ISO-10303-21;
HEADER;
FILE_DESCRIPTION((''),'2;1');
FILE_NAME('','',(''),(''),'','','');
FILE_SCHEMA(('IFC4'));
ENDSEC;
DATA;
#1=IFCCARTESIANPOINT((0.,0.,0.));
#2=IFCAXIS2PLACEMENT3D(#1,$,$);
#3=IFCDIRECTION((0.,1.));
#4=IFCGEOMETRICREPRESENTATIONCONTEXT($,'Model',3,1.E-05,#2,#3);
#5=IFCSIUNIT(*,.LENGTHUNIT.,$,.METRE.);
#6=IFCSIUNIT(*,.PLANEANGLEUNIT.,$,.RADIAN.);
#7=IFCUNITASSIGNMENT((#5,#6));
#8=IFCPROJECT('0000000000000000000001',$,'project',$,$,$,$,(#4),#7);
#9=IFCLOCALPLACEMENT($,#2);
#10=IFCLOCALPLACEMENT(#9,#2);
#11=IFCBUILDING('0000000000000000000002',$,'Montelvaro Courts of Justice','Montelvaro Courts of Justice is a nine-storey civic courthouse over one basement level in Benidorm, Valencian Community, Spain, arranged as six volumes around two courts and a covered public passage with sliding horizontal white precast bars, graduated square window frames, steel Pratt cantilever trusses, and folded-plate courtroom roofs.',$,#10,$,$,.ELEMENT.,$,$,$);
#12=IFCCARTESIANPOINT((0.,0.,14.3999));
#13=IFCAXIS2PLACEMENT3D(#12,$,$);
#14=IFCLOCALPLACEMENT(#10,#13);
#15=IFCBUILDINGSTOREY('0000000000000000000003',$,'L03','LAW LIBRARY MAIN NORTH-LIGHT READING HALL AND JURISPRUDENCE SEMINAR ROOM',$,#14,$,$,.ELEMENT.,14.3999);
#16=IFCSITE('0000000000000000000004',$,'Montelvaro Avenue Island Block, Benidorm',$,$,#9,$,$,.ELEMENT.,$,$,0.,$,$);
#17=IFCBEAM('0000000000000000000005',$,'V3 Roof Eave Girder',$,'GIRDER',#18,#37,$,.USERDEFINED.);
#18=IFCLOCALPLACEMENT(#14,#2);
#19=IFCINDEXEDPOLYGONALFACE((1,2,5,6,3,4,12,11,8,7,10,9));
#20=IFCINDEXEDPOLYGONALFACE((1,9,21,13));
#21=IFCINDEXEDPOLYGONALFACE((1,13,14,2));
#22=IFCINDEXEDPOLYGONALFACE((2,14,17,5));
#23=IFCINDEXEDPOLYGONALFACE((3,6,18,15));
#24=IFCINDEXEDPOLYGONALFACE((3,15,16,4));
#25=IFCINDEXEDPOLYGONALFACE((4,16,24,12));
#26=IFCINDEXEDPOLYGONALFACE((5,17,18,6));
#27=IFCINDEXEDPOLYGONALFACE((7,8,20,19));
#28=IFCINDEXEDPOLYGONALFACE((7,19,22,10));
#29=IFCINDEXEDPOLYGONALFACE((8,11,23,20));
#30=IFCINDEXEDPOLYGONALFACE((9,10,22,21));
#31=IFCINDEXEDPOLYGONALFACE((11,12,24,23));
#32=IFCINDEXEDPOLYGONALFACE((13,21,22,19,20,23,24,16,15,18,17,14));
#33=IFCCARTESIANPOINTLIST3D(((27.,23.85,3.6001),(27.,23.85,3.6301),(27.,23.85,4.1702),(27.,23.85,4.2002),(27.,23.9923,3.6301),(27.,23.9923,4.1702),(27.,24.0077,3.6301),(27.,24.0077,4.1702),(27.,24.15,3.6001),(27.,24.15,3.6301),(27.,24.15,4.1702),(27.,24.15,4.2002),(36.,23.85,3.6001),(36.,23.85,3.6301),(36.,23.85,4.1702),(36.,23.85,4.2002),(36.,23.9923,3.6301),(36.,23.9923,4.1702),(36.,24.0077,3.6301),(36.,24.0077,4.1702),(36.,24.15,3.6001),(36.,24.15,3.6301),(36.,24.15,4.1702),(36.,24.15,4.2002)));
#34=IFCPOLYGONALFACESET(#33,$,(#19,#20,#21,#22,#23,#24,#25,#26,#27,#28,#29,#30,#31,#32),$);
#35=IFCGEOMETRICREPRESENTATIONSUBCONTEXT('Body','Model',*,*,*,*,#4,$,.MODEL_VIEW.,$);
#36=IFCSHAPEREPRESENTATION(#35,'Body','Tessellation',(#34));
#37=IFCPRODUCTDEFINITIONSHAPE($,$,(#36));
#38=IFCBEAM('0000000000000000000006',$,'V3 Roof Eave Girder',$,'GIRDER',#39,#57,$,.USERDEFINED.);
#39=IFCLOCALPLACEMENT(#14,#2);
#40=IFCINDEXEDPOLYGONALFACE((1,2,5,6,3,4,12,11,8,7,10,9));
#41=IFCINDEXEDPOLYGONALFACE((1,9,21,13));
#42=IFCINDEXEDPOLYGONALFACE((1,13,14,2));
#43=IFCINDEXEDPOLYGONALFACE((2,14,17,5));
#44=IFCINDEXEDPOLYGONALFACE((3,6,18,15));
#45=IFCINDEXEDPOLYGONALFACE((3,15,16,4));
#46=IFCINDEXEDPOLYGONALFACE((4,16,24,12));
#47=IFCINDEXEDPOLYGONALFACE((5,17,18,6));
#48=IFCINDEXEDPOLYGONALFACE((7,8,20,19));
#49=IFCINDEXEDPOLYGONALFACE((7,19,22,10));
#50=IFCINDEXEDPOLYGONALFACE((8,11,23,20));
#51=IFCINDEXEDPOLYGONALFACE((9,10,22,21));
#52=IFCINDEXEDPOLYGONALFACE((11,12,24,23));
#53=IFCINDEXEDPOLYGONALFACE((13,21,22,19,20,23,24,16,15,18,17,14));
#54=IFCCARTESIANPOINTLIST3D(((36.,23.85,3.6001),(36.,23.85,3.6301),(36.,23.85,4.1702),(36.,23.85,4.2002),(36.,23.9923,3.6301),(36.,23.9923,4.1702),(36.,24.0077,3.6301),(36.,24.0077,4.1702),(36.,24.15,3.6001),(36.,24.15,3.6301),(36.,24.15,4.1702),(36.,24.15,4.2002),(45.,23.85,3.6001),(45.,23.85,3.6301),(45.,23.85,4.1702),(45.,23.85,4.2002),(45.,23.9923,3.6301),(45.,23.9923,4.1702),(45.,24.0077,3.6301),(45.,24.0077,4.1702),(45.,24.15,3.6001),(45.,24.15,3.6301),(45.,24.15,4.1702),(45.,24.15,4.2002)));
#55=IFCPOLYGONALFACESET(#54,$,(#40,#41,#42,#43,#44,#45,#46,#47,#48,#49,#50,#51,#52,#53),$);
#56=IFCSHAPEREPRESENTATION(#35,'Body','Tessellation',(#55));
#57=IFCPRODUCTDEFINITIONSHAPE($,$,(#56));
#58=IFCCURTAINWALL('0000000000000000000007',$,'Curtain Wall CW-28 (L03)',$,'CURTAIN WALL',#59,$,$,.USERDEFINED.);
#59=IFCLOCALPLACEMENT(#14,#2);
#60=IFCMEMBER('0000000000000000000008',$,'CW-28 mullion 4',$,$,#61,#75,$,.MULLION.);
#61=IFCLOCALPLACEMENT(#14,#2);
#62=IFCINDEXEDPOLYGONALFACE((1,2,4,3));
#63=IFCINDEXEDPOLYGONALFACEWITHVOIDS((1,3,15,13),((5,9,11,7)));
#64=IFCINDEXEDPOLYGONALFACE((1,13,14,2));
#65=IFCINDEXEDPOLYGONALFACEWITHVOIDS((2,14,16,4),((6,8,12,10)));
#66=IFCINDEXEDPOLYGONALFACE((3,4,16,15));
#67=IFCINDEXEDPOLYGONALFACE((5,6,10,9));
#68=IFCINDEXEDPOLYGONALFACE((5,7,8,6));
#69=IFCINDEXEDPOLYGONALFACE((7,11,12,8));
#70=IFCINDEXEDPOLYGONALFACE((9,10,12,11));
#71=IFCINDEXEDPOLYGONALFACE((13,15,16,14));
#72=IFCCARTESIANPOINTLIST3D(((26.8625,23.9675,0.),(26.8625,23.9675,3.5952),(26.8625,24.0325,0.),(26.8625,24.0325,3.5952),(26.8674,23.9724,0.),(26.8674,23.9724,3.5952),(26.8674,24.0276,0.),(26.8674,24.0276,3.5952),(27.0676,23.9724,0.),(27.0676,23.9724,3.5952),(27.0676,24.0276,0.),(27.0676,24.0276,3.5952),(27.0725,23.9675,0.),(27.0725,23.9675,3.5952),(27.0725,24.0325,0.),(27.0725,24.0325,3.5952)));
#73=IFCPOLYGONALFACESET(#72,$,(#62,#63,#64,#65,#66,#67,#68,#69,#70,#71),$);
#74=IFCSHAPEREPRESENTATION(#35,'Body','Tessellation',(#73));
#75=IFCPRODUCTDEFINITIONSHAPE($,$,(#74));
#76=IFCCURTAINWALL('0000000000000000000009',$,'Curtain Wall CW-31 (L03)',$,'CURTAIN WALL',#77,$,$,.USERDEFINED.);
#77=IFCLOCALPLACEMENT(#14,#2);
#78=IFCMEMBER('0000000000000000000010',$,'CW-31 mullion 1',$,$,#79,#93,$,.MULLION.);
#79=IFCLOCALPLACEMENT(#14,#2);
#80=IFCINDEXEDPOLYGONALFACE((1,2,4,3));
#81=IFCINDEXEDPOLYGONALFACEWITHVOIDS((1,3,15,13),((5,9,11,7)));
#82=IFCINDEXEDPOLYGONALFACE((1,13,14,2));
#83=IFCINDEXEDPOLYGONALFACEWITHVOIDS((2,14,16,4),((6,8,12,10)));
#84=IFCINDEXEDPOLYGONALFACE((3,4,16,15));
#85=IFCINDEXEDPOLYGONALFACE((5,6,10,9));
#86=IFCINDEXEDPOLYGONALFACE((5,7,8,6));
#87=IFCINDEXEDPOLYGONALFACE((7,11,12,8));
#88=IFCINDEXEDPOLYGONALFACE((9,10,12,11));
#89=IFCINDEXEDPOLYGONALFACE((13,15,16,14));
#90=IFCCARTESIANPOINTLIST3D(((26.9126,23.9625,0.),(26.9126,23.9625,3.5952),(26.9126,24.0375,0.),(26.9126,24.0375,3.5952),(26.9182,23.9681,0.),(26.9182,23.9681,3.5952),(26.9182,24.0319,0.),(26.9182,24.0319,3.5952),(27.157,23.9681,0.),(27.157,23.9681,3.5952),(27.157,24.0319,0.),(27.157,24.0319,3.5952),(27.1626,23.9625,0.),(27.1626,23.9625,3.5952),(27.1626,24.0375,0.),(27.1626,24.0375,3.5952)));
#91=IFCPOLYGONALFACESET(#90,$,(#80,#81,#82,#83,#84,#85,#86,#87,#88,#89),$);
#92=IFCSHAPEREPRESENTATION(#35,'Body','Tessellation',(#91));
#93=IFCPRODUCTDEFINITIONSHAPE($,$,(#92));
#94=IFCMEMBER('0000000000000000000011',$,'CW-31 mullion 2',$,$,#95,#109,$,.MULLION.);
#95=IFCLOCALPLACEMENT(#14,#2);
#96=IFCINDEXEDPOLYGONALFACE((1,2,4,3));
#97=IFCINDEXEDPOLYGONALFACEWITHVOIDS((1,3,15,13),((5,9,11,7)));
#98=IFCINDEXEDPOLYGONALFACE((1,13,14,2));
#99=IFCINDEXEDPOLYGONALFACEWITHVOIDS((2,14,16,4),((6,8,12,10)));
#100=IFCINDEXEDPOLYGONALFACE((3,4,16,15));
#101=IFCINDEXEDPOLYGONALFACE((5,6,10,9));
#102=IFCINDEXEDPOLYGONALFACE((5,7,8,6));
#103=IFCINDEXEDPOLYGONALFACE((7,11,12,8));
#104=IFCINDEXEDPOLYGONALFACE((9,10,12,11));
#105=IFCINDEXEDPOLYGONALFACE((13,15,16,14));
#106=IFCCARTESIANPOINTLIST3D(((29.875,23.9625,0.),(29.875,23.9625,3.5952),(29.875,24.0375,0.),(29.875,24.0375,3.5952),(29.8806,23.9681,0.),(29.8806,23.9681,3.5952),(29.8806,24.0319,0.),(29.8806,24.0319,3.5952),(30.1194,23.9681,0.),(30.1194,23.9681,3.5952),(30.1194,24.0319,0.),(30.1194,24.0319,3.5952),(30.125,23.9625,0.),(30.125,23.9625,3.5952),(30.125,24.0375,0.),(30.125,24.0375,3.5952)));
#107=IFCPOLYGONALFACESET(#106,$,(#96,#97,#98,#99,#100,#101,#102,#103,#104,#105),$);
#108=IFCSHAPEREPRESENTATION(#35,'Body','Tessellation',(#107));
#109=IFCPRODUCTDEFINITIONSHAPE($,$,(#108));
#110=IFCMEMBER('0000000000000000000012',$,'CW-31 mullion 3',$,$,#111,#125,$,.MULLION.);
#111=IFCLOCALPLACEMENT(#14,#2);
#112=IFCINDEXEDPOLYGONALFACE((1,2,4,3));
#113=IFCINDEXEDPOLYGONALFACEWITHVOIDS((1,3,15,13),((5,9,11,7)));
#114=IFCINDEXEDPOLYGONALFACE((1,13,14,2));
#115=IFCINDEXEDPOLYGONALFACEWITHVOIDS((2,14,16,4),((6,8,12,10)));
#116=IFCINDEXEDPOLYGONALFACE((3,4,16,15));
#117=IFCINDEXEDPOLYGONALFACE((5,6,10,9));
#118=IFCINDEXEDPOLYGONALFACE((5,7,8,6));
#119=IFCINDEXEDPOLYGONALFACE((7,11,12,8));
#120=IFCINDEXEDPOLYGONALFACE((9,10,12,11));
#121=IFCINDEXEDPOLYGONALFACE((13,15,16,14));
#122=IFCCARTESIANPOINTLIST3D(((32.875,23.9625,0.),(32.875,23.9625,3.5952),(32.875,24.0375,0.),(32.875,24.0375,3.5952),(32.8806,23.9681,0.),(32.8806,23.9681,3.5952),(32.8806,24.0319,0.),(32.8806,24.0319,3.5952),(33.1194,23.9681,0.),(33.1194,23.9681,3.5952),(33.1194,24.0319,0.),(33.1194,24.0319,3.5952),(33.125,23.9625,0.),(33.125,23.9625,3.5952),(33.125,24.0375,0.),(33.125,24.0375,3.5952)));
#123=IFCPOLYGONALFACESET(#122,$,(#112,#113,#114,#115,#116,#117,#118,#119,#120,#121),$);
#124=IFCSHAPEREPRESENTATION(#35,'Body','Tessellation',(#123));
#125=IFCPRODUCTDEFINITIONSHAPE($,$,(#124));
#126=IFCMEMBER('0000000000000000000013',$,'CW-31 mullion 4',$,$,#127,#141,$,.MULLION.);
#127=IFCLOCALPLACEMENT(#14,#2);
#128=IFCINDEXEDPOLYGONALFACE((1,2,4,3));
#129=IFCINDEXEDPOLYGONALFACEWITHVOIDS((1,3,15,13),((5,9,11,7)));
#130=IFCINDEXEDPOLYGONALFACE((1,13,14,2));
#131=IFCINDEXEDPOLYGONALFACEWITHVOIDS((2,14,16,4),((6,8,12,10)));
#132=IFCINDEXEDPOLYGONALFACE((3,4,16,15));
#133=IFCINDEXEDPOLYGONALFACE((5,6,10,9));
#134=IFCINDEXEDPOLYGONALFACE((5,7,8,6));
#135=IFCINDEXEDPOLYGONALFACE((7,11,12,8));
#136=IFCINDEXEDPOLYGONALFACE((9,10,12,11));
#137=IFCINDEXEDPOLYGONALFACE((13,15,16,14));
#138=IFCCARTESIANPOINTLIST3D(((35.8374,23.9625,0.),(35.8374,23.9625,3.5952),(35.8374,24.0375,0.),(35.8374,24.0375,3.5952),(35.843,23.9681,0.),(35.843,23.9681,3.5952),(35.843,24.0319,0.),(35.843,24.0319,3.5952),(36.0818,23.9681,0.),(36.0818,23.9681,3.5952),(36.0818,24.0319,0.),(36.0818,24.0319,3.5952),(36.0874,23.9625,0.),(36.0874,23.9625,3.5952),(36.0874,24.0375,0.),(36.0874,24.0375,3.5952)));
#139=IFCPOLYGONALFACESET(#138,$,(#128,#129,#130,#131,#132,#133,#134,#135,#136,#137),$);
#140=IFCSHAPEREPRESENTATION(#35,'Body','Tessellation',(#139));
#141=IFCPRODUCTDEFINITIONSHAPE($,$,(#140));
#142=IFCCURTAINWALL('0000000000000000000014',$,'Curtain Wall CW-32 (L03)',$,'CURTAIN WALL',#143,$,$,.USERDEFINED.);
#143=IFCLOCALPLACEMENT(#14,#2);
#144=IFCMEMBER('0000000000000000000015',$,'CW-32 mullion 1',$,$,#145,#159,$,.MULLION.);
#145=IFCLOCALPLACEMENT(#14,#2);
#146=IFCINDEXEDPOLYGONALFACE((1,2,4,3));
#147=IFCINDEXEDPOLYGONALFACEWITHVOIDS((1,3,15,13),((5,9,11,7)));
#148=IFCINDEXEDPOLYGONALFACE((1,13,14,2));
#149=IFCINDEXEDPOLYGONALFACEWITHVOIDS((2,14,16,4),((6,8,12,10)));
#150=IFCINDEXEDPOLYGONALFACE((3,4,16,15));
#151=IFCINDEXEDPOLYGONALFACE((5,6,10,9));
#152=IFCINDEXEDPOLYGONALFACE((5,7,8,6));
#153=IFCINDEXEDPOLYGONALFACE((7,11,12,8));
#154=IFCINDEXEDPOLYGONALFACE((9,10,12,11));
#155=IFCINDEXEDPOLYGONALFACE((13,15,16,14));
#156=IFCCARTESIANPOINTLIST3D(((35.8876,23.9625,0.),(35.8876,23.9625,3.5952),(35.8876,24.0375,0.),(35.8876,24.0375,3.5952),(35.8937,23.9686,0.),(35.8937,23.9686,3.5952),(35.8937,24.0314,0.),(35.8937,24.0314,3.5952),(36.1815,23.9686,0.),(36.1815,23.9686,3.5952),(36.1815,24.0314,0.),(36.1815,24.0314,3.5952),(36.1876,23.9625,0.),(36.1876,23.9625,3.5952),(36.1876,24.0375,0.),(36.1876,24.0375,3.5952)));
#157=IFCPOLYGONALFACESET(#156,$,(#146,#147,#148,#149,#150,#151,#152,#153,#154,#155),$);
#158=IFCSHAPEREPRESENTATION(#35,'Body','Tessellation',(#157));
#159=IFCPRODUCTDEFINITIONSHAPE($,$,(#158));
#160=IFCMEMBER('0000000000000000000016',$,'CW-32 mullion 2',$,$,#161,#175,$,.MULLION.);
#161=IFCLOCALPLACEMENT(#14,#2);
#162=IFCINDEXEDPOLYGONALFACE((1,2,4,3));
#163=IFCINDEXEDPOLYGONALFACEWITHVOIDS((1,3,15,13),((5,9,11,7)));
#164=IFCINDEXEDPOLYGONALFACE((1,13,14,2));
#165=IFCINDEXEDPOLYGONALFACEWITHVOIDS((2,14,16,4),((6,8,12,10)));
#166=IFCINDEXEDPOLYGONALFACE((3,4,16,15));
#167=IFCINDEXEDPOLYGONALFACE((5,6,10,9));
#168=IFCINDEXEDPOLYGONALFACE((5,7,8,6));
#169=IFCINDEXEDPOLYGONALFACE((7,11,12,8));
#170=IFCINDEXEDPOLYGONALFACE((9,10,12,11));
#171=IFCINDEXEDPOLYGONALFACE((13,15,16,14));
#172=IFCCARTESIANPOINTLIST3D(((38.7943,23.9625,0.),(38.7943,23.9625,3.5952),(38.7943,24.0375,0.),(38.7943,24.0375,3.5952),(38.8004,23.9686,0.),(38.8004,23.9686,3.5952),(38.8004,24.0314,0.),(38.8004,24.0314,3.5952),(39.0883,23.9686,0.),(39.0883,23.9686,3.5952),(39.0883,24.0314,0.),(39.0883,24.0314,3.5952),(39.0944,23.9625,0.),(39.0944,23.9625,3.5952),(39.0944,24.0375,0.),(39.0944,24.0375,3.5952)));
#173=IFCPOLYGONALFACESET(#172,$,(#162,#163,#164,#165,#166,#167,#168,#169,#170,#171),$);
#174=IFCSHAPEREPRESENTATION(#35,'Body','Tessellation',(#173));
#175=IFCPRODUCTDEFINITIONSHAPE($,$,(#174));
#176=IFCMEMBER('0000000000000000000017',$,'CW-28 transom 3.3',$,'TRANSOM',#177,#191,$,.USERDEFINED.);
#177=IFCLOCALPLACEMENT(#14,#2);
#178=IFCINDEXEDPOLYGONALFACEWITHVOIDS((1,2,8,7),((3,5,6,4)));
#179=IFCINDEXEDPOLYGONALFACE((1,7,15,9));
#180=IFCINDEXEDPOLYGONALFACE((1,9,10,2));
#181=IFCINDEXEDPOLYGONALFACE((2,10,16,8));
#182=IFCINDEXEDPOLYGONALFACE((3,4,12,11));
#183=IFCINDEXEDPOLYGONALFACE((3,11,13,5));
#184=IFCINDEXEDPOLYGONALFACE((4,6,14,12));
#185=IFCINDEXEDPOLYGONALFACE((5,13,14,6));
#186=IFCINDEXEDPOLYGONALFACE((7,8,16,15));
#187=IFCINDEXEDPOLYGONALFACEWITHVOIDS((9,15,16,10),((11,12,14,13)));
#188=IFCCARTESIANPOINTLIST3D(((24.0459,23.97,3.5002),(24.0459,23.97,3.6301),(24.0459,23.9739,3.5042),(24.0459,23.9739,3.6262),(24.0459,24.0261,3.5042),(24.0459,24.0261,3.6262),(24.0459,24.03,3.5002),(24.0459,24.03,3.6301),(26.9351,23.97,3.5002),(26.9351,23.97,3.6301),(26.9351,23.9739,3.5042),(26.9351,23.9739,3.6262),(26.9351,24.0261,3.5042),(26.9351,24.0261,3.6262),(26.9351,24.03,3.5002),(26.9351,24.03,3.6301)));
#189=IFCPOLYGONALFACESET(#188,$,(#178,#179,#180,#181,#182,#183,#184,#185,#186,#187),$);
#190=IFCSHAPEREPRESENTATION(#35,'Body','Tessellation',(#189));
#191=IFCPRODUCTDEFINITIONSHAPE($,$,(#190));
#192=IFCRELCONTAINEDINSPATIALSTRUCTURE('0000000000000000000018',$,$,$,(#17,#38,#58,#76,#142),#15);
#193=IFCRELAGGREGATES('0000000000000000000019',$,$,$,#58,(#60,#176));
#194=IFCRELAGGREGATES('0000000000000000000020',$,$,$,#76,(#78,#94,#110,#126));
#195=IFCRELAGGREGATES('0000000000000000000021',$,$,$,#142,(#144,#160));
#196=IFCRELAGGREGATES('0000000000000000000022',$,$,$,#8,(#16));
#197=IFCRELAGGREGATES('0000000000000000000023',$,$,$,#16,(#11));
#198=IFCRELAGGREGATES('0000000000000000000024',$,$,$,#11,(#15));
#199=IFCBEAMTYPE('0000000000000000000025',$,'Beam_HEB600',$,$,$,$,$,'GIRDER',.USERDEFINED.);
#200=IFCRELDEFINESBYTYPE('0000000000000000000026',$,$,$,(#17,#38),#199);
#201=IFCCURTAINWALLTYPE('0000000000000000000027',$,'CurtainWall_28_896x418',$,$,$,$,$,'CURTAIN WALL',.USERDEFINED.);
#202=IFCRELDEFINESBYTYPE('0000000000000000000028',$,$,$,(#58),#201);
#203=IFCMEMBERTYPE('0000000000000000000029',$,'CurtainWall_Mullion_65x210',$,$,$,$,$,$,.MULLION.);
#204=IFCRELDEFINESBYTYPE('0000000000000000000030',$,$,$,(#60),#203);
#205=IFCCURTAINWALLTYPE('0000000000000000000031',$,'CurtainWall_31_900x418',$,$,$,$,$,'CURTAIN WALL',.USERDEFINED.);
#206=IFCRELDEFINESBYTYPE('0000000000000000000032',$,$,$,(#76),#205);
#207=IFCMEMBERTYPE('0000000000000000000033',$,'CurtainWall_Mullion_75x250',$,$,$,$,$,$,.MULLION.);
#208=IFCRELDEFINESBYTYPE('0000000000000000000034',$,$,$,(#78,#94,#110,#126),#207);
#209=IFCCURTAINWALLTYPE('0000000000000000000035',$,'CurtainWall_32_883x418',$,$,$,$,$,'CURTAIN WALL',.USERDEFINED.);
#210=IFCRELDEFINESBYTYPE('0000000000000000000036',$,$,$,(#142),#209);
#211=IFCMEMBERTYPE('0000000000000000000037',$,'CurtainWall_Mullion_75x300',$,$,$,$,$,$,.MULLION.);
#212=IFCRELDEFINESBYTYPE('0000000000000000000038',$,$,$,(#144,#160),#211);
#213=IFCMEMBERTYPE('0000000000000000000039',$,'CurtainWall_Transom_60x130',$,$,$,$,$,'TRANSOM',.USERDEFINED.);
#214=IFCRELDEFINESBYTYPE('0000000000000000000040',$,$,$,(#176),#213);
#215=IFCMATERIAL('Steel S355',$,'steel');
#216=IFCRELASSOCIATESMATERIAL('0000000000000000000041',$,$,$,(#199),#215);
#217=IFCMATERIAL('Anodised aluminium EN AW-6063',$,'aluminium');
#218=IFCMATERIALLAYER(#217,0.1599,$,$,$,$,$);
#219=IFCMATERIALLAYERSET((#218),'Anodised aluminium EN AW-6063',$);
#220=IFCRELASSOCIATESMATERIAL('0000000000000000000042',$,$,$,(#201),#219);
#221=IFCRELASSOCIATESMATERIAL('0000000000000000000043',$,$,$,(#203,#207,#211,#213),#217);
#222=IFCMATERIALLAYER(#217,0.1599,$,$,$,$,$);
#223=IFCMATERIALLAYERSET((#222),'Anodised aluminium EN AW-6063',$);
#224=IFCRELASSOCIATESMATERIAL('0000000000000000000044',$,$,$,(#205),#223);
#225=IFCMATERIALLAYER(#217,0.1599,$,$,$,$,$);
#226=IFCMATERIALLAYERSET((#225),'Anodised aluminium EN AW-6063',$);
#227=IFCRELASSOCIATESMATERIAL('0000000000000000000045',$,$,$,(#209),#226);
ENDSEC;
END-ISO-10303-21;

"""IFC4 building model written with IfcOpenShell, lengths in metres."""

from ifc_helpers import new_model, si_unit, direction, frame, origin, origin_2d, place, context, subcontext, project, spatial, hollow_rectangle, i_section, extrude, material, layer, layer_set, material_profile, profile_set, type_object, element, aggregate, save


model = new_model("IFC4")

# Units and contexts
model_context = context("Model", 3, precision=1e-05, world=origin(), true_north=direction((0.0, 1.0)))
body_context = subcontext(model_context, "Body", "Model", "MODEL_VIEW")
ifc_project = project(units=[si_unit("LENGTHUNIT", "METRE"), si_unit("PLANEANGLEUNIT", "RADIAN")], contexts=[model_context])

# Site, building, storey
site_placement = place(None, origin())
site = spatial("IfcSite", under=ifc_project, at=site_placement, Name="Montelvaro Avenue Island Block, Benidorm", CompositionType="ELEMENT", RefElevation=0.0)
building_placement = place(site_placement, origin())
building = spatial("IfcBuilding", under=site, at=building_placement, Name="Montelvaro Courts of Justice", Description="Montelvaro Courts of Justice is a nine-storey civic courthouse over one basement level in Benidorm, Valencian Community, Spain, arranged as six volumes around two courts and a covered public passage with sliding horizontal white precast bars, graduated square window frames, steel Pratt cantilever trusses, and folded-plate courtroom roofs.", CompositionType="ELEMENT")
storey_placement = place(building_placement, frame((0.0, 0.0, 14.3999)))
storey = spatial("IfcBuildingStorey", under=building, at=storey_placement, Name="L03", Description="LAW LIBRARY MAIN NORTH-LIGHT READING HALL AND JURISPRUDENCE SEMINAR ROOM", CompositionType="ELEMENT", Elevation=14.3999)

# Beams
ifc_material_1 = material(Name="Steel S355", Category="steel")
ifc_material_profile_1 = material_profile(ifc_material_1, i_section(OverallWidth=0.3, OverallDepth=0.6001, WebThickness=0.0154, FlangeThickness=0.03, at=origin_2d()), Name="HEB 600")
ifc_profile_set_1 = profile_set([ifc_material_profile_1], Name="Steel S355")
beam_type = type_object("IfcBeamType", Name="Beam_HEB600", ElementType="GIRDER", PredefinedType="USERDEFINED", material=ifc_profile_set_1)
for number, where, z_axis, x_axis, name in (
    (1, (27.0, 24.0, 3.9001), (1.0, 0.0, 0.0), (0.0, 1.0, 0.0), "V3 Roof Eave Girder"),
    (2, (36.0, 24.0, 3.9001), (1.0, 0.0, 0.0), (0.0, 1.0, 0.0), "V3 Roof Eave Girder"),
):
    element("IfcBeam", number, at=place(storey_placement, frame(where, z_axis=z_axis, x_axis=x_axis)), inside=storey, type_object=beam_type, Name=name, ObjectType="GIRDER", PredefinedType="USERDEFINED", context=body_context, shape_type="SweptSolid", body=[
        extrude(i_section(OverallWidth=0.3, OverallDepth=0.6001, WebThickness=0.0154, FlangeThickness=0.03, at=origin_2d()), origin(), (0.0, 0.0, 1.0), 9.0),
    ])

# Curtain wall, member
ifc_material_2 = material(Name="Anodised aluminium EN AW-6063", Category="aluminium")
ifc_layer_1 = layer(ifc_material_2, 0.1599)
ifc_layer_set_1 = layer_set([ifc_layer_1], Name="Anodised aluminium EN AW-6063")
curtain_wall_type_1 = type_object("IfcCurtainWallType", Name="CurtainWall_28_896x418", ElementType="CURTAIN WALL", PredefinedType="USERDEFINED", material=ifc_layer_set_1)
curtain_wall_1_placement = place(storey_placement, origin())
curtain_wall_1 = element("IfcCurtainWall", 3, at=curtain_wall_1_placement, inside=storey, type_object=curtain_wall_type_1, Name="Curtain Wall CW-28 (L03)", ObjectType="CURTAIN WALL", PredefinedType="USERDEFINED")
ifc_material_profile_2 = material_profile(ifc_material_2, hollow_rectangle(XDim=0.0649, YDim=0.21, WallThickness=0.0049, at=origin_2d()), Name="ALU-M 65x210")
ifc_profile_set_2 = profile_set([ifc_material_profile_2], Name="Anodised aluminium EN AW-6063")
member_type_1 = type_object("IfcMemberType", Name="CurtainWall_Mullion_65x210", PredefinedType="MULLION", material=ifc_profile_set_2)
member_1_placement = place(storey_placement, frame((26.9675, 24.0, 0.0), z_axis=(0.0, 0.0, 1.0), x_axis=(0.0, 1.0, 0.0)))
member_1 = element("IfcMember", 4, at=member_1_placement, type_object=member_type_1, Name="CW-28 mullion 4", PredefinedType="MULLION", context=body_context, shape_type="SweptSolid", body=[
    extrude(hollow_rectangle(XDim=0.0649, YDim=0.21, WallThickness=0.0049, at=origin_2d()), origin(), (0.0, 0.0, 1.0), 3.5952),
])

# Curtain walls, members
ifc_layer_2 = layer(ifc_material_2, 0.1599)
ifc_layer_set_2 = layer_set([ifc_layer_2], Name="Anodised aluminium EN AW-6063")
curtain_wall_type_2 = type_object("IfcCurtainWallType", Name="CurtainWall_31_900x418", ElementType="CURTAIN WALL", PredefinedType="USERDEFINED", material=ifc_layer_set_2)
curtain_wall_2_placement = place(storey_placement, origin())
curtain_wall_2 = element("IfcCurtainWall", 5, at=curtain_wall_2_placement, inside=storey, type_object=curtain_wall_type_2, Name="Curtain Wall CW-31 (L03)", ObjectType="CURTAIN WALL", PredefinedType="USERDEFINED")
ifc_material_profile_3 = material_profile(ifc_material_2, hollow_rectangle(XDim=0.075, YDim=0.25, WallThickness=0.0056, at=origin_2d()), Name="ALU-M 75x250")
ifc_profile_set_3 = profile_set([ifc_material_profile_3], Name="Anodised aluminium EN AW-6063")
member_type_2 = type_object("IfcMemberType", Name="CurtainWall_Mullion_75x250", PredefinedType="MULLION", material=ifc_profile_set_3)
member_2_placement = place(storey_placement, frame((27.0376, 24.0, 0.0), z_axis=(0.0, 0.0, 1.0), x_axis=(0.0, 1.0, 0.0)))
member_2 = element("IfcMember", 6, at=member_2_placement, type_object=member_type_2, Name="CW-31 mullion 1", PredefinedType="MULLION", context=body_context, shape_type="SweptSolid", body=[
    extrude(hollow_rectangle(XDim=0.075, YDim=0.25, WallThickness=0.0056, at=origin_2d()), origin(), (0.0, 0.0, 1.0), 3.5952),
])
member_3_placement = place(storey_placement, frame((30.0, 24.0, 0.0), z_axis=(0.0, 0.0, 1.0), x_axis=(0.0, 1.0, 0.0)))
member_3 = element("IfcMember", 7, at=member_3_placement, type_object=member_type_2, Name="CW-31 mullion 2", PredefinedType="MULLION", context=body_context, shape_type="SweptSolid", body=[
    extrude(hollow_rectangle(XDim=0.075, YDim=0.25, WallThickness=0.0056, at=origin_2d()), origin(), (0.0, 0.0, 1.0), 3.5952),
])
member_4_placement = place(storey_placement, frame((33.0, 24.0, 0.0), z_axis=(0.0, 0.0, 1.0), x_axis=(0.0, 1.0, 0.0)))
member_4 = element("IfcMember", 8, at=member_4_placement, type_object=member_type_2, Name="CW-31 mullion 3", PredefinedType="MULLION", context=body_context, shape_type="SweptSolid", body=[
    extrude(hollow_rectangle(XDim=0.075, YDim=0.25, WallThickness=0.0056, at=origin_2d()), origin(), (0.0, 0.0, 1.0), 3.5952),
])
member_5_placement = place(storey_placement, frame((35.9624, 24.0, 0.0), z_axis=(0.0, 0.0, 1.0), x_axis=(0.0, 1.0, 0.0)))
member_5 = element("IfcMember", 9, at=member_5_placement, type_object=member_type_2, Name="CW-31 mullion 4", PredefinedType="MULLION", context=body_context, shape_type="SweptSolid", body=[
    extrude(hollow_rectangle(XDim=0.075, YDim=0.25, WallThickness=0.0056, at=origin_2d()), origin(), (0.0, 0.0, 1.0), 3.5952),
])
ifc_layer_3 = layer(ifc_material_2, 0.1599)
ifc_layer_set_3 = layer_set([ifc_layer_3], Name="Anodised aluminium EN AW-6063")
curtain_wall_type_3 = type_object("IfcCurtainWallType", Name="CurtainWall_32_883x418", ElementType="CURTAIN WALL", PredefinedType="USERDEFINED", material=ifc_layer_set_3)
curtain_wall_3_placement = place(storey_placement, origin())
curtain_wall_3 = element("IfcCurtainWall", 10, at=curtain_wall_3_placement, inside=storey, type_object=curtain_wall_type_3, Name="Curtain Wall CW-32 (L03)", ObjectType="CURTAIN WALL", PredefinedType="USERDEFINED")
ifc_material_profile_4 = material_profile(ifc_material_2, hollow_rectangle(XDim=0.075, YDim=0.3, WallThickness=0.0061, at=origin_2d()), Name="ALU-M 75x300")
ifc_profile_set_4 = profile_set([ifc_material_profile_4], Name="Anodised aluminium EN AW-6063")
member_type_3 = type_object("IfcMemberType", Name="CurtainWall_Mullion_75x300", PredefinedType="MULLION", material=ifc_profile_set_4)
member_6_placement = place(storey_placement, frame((36.0376, 24.0, 0.0), z_axis=(0.0, 0.0, 1.0), x_axis=(0.0, 1.0, 0.0)))
member_6 = element("IfcMember", 11, at=member_6_placement, type_object=member_type_3, Name="CW-32 mullion 1", PredefinedType="MULLION", context=body_context, shape_type="SweptSolid", body=[
    extrude(hollow_rectangle(XDim=0.075, YDim=0.3, WallThickness=0.0061, at=origin_2d()), origin(), (0.0, 0.0, 1.0), 3.5952),
])
member_7_placement = place(storey_placement, frame((38.9443, 24.0, 0.0), z_axis=(0.0, 0.0, 1.0), x_axis=(0.0, 1.0, 0.0)))
member_7 = element("IfcMember", 12, at=member_7_placement, type_object=member_type_3, Name="CW-32 mullion 2", PredefinedType="MULLION", context=body_context, shape_type="SweptSolid", body=[
    extrude(hollow_rectangle(XDim=0.075, YDim=0.3, WallThickness=0.0061, at=origin_2d()), origin(), (0.0, 0.0, 1.0), 3.5952),
])

# Member
ifc_material_profile_5 = material_profile(ifc_material_2, hollow_rectangle(XDim=0.0601, YDim=0.1299, WallThickness=0.0039, at=origin_2d()), Name="ALU-T 60x130")
ifc_profile_set_5 = profile_set([ifc_material_profile_5], Name="Anodised aluminium EN AW-6063")
member_type_4 = type_object("IfcMemberType", Name="CurtainWall_Transom_60x130", ElementType="TRANSOM", PredefinedType="USERDEFINED", material=ifc_profile_set_5)
member_8_placement = place(storey_placement, frame((24.0459, 24.0, 3.5652), z_axis=(1.0, 0.0, 0.0), x_axis=(0.0, 1.0, 0.0)))
member_8 = element("IfcMember", 13, at=member_8_placement, type_object=member_type_4, Name="CW-28 transom 3.3", ObjectType="TRANSOM", PredefinedType="USERDEFINED", context=body_context, shape_type="SweptSolid", body=[
    extrude(hollow_rectangle(XDim=0.0601, YDim=0.1299, WallThickness=0.0039, at=origin_2d()), origin(), (0.0, 0.0, 1.0), 2.8892),
])

aggregate(curtain_wall_1, [member_1, member_8])
aggregate(curtain_wall_2, [member_2, member_3, member_4, member_5])
aggregate(curtain_wall_3, [member_6, member_7])

save(model, "model.ifc")
